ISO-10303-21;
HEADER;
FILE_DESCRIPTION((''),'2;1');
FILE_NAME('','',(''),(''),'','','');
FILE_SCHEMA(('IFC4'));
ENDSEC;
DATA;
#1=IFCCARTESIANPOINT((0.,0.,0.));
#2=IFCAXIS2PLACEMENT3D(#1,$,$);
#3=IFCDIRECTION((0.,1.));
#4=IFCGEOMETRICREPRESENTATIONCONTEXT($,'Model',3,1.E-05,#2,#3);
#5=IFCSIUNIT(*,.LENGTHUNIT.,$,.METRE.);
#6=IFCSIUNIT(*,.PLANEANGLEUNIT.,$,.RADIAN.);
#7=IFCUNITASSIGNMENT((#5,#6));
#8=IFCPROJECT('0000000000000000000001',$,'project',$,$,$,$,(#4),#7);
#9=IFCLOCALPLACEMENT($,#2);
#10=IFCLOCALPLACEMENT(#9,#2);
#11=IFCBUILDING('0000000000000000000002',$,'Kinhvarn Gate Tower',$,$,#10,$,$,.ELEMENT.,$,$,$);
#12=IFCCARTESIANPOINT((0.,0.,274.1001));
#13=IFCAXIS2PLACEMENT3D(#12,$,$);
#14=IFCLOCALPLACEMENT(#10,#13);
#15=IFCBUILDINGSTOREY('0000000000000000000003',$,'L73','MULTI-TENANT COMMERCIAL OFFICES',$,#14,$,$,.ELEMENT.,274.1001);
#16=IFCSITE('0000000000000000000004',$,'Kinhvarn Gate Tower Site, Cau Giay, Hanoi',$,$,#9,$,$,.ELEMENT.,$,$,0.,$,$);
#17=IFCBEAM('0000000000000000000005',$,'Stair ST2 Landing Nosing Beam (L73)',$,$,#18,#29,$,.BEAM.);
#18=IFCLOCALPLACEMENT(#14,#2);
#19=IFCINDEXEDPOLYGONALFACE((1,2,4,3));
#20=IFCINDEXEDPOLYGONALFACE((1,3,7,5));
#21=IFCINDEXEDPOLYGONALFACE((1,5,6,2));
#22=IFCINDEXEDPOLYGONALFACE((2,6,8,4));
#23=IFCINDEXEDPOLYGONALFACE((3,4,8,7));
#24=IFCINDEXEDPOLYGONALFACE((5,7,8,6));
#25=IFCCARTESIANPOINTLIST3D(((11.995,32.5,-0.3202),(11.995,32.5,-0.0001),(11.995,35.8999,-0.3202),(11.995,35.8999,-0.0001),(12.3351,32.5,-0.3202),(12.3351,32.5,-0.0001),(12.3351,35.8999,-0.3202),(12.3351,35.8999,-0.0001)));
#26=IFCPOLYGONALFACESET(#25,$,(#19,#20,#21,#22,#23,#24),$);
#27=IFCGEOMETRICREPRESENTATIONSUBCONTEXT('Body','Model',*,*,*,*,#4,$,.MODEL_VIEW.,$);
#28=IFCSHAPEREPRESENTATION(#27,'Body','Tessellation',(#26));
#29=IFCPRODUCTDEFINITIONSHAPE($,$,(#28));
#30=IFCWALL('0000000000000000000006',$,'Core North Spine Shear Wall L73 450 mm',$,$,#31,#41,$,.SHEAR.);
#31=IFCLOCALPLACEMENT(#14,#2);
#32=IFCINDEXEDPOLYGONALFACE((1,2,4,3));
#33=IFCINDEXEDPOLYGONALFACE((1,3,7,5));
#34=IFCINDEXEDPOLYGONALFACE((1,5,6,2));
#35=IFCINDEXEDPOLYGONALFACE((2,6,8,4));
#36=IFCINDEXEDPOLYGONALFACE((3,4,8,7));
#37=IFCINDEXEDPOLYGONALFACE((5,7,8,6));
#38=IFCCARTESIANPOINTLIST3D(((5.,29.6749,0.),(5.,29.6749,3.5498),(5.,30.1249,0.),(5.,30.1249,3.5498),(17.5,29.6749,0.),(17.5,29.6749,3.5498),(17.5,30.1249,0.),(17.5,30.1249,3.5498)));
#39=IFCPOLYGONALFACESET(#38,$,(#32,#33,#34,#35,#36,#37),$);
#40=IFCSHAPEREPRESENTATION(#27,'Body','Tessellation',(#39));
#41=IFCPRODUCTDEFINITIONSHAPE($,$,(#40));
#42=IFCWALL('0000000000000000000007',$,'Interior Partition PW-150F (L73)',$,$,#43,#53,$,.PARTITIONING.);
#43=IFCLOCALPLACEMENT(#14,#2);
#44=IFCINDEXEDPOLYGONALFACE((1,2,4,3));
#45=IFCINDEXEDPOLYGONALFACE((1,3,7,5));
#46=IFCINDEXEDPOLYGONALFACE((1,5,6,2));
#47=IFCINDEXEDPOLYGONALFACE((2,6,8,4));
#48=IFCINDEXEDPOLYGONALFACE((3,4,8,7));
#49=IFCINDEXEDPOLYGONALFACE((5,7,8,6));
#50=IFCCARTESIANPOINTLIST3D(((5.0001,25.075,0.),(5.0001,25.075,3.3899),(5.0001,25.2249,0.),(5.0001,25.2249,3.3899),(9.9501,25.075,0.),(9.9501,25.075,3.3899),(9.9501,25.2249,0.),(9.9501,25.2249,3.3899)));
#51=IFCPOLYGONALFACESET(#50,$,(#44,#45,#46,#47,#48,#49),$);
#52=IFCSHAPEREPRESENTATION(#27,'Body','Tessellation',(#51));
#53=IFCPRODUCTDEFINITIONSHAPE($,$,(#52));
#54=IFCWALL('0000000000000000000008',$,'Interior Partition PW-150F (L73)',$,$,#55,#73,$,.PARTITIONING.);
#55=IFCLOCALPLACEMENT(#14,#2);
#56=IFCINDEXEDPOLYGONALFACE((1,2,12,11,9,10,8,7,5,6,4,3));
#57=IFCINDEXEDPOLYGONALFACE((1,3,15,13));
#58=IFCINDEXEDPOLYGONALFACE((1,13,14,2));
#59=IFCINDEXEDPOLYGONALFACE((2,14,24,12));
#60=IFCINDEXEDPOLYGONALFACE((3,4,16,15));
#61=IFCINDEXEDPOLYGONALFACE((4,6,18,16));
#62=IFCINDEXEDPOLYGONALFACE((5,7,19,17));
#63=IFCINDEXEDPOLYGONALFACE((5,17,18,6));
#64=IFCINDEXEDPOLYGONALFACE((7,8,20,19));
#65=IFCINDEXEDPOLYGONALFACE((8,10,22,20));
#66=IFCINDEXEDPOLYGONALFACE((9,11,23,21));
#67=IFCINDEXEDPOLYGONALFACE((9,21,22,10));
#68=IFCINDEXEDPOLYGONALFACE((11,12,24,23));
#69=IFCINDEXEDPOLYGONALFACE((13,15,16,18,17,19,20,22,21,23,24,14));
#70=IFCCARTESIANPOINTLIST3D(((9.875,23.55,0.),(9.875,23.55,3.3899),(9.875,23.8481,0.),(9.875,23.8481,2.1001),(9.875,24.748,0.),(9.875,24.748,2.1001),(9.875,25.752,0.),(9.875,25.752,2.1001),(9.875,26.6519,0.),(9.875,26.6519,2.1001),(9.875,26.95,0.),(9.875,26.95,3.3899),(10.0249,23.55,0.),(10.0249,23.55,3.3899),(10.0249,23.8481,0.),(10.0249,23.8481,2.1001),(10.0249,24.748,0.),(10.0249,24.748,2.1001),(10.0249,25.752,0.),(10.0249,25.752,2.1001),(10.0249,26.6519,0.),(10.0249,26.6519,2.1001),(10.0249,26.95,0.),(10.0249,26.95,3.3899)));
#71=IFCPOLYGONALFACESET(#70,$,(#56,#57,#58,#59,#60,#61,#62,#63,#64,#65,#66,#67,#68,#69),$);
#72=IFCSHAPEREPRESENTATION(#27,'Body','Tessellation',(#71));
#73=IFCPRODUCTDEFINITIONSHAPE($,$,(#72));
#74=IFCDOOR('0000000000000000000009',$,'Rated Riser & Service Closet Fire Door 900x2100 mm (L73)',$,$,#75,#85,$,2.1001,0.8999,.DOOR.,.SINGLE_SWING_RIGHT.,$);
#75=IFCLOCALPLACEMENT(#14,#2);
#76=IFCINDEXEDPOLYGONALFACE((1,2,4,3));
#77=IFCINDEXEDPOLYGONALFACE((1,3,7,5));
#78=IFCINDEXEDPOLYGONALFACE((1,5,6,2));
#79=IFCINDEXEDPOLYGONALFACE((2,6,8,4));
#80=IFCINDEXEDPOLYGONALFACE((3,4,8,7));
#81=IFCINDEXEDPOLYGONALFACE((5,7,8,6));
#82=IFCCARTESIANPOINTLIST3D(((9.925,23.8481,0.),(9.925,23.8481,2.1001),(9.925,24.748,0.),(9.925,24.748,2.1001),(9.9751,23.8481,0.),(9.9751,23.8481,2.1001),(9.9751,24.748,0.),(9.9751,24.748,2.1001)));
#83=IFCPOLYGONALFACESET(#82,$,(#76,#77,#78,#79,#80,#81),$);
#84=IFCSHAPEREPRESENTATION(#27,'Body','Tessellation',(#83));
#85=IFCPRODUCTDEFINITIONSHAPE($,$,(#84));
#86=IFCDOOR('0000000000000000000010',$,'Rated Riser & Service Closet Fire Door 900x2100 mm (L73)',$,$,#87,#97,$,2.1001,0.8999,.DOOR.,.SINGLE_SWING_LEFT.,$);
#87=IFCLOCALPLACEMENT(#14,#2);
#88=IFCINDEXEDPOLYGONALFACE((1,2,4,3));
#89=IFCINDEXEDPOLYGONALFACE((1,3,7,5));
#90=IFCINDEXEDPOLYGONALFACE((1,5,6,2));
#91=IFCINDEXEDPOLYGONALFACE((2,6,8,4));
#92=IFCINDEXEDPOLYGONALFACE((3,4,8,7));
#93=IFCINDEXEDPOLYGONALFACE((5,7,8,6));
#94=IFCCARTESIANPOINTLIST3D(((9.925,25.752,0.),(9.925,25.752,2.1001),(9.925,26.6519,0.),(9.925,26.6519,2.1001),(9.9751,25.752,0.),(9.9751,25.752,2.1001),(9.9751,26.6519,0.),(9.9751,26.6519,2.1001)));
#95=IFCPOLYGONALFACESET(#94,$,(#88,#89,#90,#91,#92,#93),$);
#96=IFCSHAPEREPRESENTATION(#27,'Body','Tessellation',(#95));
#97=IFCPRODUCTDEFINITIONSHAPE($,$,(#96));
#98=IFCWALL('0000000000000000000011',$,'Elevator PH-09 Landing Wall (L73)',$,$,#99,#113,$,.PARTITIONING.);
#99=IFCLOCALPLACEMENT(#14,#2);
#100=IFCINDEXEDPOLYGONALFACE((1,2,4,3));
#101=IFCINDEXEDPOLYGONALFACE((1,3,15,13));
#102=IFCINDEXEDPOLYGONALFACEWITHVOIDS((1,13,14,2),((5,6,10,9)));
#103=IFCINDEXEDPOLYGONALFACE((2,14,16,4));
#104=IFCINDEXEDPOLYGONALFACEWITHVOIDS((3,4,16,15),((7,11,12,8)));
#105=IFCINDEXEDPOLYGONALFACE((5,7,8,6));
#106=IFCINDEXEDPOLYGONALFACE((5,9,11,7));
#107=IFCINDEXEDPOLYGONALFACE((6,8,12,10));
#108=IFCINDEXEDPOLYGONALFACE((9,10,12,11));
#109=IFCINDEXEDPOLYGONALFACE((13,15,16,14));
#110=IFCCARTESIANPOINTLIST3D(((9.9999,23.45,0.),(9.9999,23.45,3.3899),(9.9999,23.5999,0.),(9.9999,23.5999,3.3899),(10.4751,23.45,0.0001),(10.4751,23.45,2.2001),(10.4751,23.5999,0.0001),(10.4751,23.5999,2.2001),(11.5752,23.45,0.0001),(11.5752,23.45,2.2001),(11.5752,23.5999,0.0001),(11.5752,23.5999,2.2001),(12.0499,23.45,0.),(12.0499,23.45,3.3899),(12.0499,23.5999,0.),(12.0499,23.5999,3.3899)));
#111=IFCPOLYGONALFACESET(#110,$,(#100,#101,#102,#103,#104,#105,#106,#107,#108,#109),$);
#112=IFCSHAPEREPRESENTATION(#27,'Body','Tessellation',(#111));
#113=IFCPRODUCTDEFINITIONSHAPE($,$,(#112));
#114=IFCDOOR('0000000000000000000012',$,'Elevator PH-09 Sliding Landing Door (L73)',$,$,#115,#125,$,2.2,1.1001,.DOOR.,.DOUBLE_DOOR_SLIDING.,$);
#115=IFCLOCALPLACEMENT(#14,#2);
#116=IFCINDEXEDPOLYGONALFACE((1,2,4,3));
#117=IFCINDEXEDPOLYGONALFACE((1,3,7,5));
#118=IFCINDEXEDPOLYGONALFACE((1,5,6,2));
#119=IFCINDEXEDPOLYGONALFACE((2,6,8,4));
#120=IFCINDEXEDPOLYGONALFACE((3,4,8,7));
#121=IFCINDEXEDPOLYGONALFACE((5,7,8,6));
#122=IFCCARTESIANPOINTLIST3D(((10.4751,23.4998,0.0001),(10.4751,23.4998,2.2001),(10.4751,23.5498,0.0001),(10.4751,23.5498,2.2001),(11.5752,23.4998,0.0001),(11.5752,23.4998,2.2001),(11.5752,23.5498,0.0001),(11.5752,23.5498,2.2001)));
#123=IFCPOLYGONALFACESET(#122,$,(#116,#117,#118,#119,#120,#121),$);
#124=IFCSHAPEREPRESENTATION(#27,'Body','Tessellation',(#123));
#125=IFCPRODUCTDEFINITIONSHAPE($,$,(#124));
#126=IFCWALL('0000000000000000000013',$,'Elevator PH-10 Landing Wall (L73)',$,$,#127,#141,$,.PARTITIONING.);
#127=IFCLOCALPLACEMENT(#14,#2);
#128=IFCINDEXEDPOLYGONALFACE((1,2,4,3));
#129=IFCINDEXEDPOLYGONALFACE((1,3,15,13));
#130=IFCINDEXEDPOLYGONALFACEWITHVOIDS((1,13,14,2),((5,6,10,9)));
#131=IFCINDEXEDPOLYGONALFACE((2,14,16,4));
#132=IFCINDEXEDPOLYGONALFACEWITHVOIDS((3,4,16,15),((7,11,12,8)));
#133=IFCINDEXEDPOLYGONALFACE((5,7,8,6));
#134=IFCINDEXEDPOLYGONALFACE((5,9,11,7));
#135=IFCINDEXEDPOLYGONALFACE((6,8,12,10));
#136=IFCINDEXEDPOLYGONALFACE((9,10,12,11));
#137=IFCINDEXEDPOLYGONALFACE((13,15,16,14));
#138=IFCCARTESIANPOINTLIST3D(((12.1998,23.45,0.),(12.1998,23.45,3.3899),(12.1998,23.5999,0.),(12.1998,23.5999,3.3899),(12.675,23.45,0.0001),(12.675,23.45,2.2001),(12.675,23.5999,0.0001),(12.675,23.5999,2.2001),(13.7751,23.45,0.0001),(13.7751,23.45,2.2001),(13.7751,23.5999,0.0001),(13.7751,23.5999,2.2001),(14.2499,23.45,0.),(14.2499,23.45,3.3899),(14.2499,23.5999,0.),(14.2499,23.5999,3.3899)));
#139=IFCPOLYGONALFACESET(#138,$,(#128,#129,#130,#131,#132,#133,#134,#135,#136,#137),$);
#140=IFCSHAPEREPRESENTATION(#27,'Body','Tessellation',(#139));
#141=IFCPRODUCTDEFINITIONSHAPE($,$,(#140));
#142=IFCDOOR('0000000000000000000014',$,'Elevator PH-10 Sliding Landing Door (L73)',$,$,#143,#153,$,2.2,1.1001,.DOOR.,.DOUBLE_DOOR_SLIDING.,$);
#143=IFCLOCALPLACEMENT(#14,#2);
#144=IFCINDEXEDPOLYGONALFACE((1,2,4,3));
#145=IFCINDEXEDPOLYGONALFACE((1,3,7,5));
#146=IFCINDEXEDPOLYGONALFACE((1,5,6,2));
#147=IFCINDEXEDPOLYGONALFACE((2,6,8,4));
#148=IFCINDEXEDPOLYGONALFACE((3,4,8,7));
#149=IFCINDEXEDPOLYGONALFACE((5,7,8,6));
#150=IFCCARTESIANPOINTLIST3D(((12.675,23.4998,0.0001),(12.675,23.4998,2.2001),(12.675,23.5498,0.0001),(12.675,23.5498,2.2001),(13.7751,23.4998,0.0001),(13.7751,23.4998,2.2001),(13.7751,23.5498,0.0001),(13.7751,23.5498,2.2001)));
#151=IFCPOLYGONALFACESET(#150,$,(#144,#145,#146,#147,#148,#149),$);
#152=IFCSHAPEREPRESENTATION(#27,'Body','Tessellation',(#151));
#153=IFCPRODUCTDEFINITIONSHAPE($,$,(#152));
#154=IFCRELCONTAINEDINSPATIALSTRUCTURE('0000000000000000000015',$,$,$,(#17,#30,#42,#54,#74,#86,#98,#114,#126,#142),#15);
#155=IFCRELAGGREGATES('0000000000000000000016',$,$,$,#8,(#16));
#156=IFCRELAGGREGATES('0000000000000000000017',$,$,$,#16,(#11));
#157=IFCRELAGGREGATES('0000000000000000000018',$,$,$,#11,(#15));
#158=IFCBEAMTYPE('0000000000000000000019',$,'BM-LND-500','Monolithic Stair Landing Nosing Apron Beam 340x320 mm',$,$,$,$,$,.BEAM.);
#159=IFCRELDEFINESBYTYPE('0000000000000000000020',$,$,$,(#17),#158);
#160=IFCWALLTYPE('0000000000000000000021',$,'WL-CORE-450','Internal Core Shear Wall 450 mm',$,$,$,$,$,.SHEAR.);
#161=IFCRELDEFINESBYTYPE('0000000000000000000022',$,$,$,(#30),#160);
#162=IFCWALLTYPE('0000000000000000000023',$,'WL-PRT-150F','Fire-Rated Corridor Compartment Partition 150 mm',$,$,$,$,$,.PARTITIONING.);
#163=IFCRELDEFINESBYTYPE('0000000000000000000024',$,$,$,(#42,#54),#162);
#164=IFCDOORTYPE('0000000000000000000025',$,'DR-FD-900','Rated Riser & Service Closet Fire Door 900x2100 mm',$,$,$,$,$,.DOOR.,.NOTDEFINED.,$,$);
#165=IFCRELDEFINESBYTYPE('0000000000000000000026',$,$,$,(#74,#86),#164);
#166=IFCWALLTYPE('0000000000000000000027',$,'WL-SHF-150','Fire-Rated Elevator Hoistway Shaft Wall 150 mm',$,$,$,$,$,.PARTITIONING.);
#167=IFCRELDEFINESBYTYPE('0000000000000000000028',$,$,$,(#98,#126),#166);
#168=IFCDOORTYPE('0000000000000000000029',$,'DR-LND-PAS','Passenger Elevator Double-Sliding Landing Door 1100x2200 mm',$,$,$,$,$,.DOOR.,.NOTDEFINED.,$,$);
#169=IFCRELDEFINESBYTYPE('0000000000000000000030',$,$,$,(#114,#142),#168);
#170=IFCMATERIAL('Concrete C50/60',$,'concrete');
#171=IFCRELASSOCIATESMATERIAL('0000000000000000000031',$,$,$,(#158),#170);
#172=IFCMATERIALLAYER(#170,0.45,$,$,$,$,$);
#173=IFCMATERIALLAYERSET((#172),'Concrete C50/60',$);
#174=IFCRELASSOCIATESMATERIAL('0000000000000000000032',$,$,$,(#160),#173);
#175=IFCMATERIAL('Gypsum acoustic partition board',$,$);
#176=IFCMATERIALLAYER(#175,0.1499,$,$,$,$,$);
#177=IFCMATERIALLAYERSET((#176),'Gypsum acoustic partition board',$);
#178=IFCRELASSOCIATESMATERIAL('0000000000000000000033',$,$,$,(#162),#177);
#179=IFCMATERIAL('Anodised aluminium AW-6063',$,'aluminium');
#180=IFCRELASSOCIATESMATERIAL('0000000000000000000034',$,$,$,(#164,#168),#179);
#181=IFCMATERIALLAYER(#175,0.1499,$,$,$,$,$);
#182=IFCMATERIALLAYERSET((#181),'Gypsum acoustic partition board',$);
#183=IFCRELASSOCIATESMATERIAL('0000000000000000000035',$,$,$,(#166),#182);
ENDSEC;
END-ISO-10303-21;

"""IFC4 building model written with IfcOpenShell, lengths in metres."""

from ifc_helpers import new_model, si_unit, direction, frame, frame_2d, origin, origin_2d, place, context, subcontext, project, spatial, rectangle, extrude, material, layer, layer_set, material_profile, profile_set, type_object, element, fill, save


model = new_model("IFC4")

# Units and contexts
model_context = context("Model", 3, precision=1e-05, world=origin(), true_north=direction((0.0, 1.0)))
body_context = subcontext(model_context, "Body", "Model", "MODEL_VIEW")
ifc_project = project(units=[si_unit("LENGTHUNIT", "METRE"), si_unit("PLANEANGLEUNIT", "RADIAN")], contexts=[model_context])

# Site, building, storey
site_placement = place(None, origin())
site = spatial("IfcSite", under=ifc_project, at=site_placement, Name="Kinhvarn Gate Tower Site, Cau Giay, Hanoi", CompositionType="ELEMENT", RefElevation=0.0)
building_placement = place(site_placement, origin())
building = spatial("IfcBuilding", under=site, at=building_placement, Name="Kinhvarn Gate Tower", CompositionType="ELEMENT")
storey_placement = place(building_placement, frame((0.0, 0.0, 274.1001)))
storey = spatial("IfcBuildingStorey", under=building, at=storey_placement, Name="L73", Description="MULTI-TENANT COMMERCIAL OFFICES", CompositionType="ELEMENT", Elevation=274.1001)

# Beam
ifc_material_1 = material(Name="Concrete C50/60", Category="concrete")
ifc_material_profile = material_profile(ifc_material_1, rectangle(XDim=0.3401, YDim=0.3201, at=origin_2d()), Name="RC 340x320")
ifc_profile_set = profile_set([ifc_material_profile], Name="Concrete C50/60")
beam_type = type_object("IfcBeamType", Name="BM-LND-500", Description="Monolithic Stair Landing Nosing Apron Beam 340x320 mm", PredefinedType="BEAM", material=ifc_profile_set)
beam_placement = place(storey_placement, frame((12.165, 32.5, -0.1602), z_axis=(0.0, 1.0, 0.0), x_axis=(-1.0, 0.0, 0.0)))
element("IfcBeam", 1, at=beam_placement, inside=storey, type_object=beam_type, Name="Stair ST2 Landing Nosing Beam (L73)", PredefinedType="BEAM", context=body_context, shape_type="SweptSolid", body=[
    extrude(rectangle(XDim=0.3401, YDim=0.3201, at=origin_2d()), origin(), (0.0, 0.0, 1.0), 3.3999),
])

# Walls
ifc_layer_1 = layer(ifc_material_1, 0.45)
ifc_layer_set_1 = layer_set([ifc_layer_1], Name="Concrete C50/60")
wall_type_1 = type_object("IfcWallType", Name="WL-CORE-450", Description="Internal Core Shear Wall 450 mm", PredefinedType="SHEAR", material=ifc_layer_set_1)
wall_1_placement = place(storey_placement, frame((5.0, 29.8999, 0.0), z_axis=(0.0, 0.0, 1.0), x_axis=(1.0, 0.0, 0.0)))
element("IfcWall", 2, at=wall_1_placement, inside=storey, type_object=wall_type_1, Name="Core North Spine Shear Wall L73 450 mm", PredefinedType="SHEAR", context=body_context, shape_type="SweptSolid", body=[
    extrude(rectangle(XDim=12.5, YDim=0.45, at=frame_2d((6.25, 0.0))), origin(), (0.0, 0.0, 1.0), 3.5498),
])
ifc_material_2 = material(Name="Gypsum acoustic partition board")
ifc_layer_2 = layer(ifc_material_2, 0.1499)
ifc_layer_set_2 = layer_set([ifc_layer_2], Name="Gypsum acoustic partition board")
wall_type_2 = type_object("IfcWallType", Name="WL-PRT-150F", Description="Fire-Rated Corridor Compartment Partition 150 mm", PredefinedType="PARTITIONING", material=ifc_layer_set_2)
wall_2_placement = place(storey_placement, frame((5.0, 25.1499, 0.0), z_axis=(0.0, 0.0, 1.0), x_axis=(1.0, 0.0, 0.0)))
element("IfcWall", 3, at=wall_2_placement, inside=storey, type_object=wall_type_2, Name="Interior Partition PW-150F (L73)", PredefinedType="PARTITIONING", context=body_context, shape_type="SweptSolid", body=[
    extrude(rectangle(XDim=4.95, YDim=0.1499, at=frame_2d((2.4751, 0.0))), origin(), (0.0, 0.0, 1.0), 3.3899),
])

# Wall, openings, doors
wall_3_placement = place(storey_placement, frame((9.95, 23.55, 0.0), z_axis=(0.0, 0.0, 1.0), x_axis=(0.0, 1.0, 0.0)))
wall_3 = element("IfcWall", 4, at=wall_3_placement, inside=storey, type_object=wall_type_2, Name="Interior Partition PW-150F (L73)", PredefinedType="PARTITIONING", context=body_context, shape_type="SweptSolid", body=[
    extrude(rectangle(XDim=3.3999, YDim=0.1499, at=frame_2d((1.7, 0.0))), origin(), (0.0, 0.0, 1.0), 3.3899),
])
opening_1_placement = place(wall_3_placement, frame((0.2981, 0.0, 0.0)))
opening_1 = element("IfcOpeningElement", 5, at=opening_1_placement, cuts=wall_3, PredefinedType="OPENING", context=body_context, shape_type="SweptSolid", body=[
    extrude(rectangle(XDim=0.8999, YDim=2.1001, at=frame_2d((0.45, 1.05))), frame((0.0, 0.085, 0.0), z_axis=(0.0, -1.0, 0.0), x_axis=(1.0, 0.0, 0.0)), (0.0, 0.0, 1.0), 0.1699),
])
opening_2_placement = place(wall_3_placement, frame((2.2019, 0.0, 0.0)))
opening_2 = element("IfcOpeningElement", 6, at=opening_2_placement, cuts=wall_3, PredefinedType="OPENING", context=body_context, shape_type="SweptSolid", body=[
    extrude(rectangle(XDim=0.8999, YDim=2.1001, at=frame_2d((0.45, 1.05))), frame((0.0, 0.085, 0.0), z_axis=(0.0, -1.0, 0.0), x_axis=(1.0, 0.0, 0.0)), (0.0, 0.0, 1.0), 0.1699),
])
ifc_material_3 = material(Name="Anodised aluminium AW-6063", Category="aluminium")
door_type_1 = type_object("IfcDoorType", Name="DR-FD-900", Description="Rated Riser & Service Closet Fire Door 900x2100 mm", OperationType="NOTDEFINED", PredefinedType="DOOR", material=ifc_material_3)
door_1_placement = place(opening_1_placement, origin())
door_1 = element("IfcDoor", 7, at=door_1_placement, inside=storey, type_object=door_type_1, Name="Rated Riser & Service Closet Fire Door 900x2100 mm (L73)", OperationType="SINGLE_SWING_RIGHT", OverallHeight=2.1001, OverallWidth=0.8999, PredefinedType="DOOR", context=body_context, shape_type="SweptSolid", body=[
    extrude(rectangle(XDim=0.8999, YDim=2.1001, at=frame_2d((0.45, 1.05))), frame((0.0, 0.0249, 0.0), z_axis=(0.0, -1.0, 0.0), x_axis=(1.0, 0.0, 0.0)), (0.0, 0.0, 1.0), 0.05),
])
fill(opening_1, door_1)
door_2_placement = place(opening_2_placement, origin())
door_2 = element("IfcDoor", 8, at=door_2_placement, inside=storey, type_object=door_type_1, Name="Rated Riser & Service Closet Fire Door 900x2100 mm (L73)", OperationType="SINGLE_SWING_LEFT", OverallHeight=2.1001, OverallWidth=0.8999, PredefinedType="DOOR", context=body_context, shape_type="SweptSolid", body=[
    extrude(rectangle(XDim=0.8999, YDim=2.1001, at=frame_2d((0.45, 1.05))), frame((0.0, 0.0249, 0.0), z_axis=(0.0, -1.0, 0.0), x_axis=(1.0, 0.0, 0.0)), (0.0, 0.0, 1.0), 0.05),
])
fill(opening_2, door_2)

# Walls, openings, doors
ifc_layer_3 = layer(ifc_material_2, 0.1499)
ifc_layer_set_3 = layer_set([ifc_layer_3], Name="Gypsum acoustic partition board")
wall_type_3 = type_object("IfcWallType", Name="WL-SHF-150", Description="Fire-Rated Elevator Hoistway Shaft Wall 150 mm", PredefinedType="PARTITIONING", material=ifc_layer_set_3)
wall_4_placement = place(storey_placement, frame((10.0, 23.5249, 0.0), z_axis=(0.0, 0.0, 1.0), x_axis=(1.0, 0.0, 0.0)))
wall_4 = element("IfcWall", 9, at=wall_4_placement, inside=storey, type_object=wall_type_3, Name="Elevator PH-09 Landing Wall (L73)", PredefinedType="PARTITIONING", context=body_context, shape_type="SweptSolid", body=[
    extrude(rectangle(XDim=2.05, YDim=0.1499, at=frame_2d((1.0249, 0.0))), origin(), (0.0, 0.0, 1.0), 3.3899),
])
opening_3_placement = place(wall_4_placement, frame((0.4751, 0.0, 0.0)))
opening_3 = element("IfcOpeningElement", 10, at=opening_3_placement, cuts=wall_4, PredefinedType="OPENING", context=body_context, shape_type="SweptSolid", body=[
    extrude(rectangle(XDim=1.1001, YDim=2.2, at=frame_2d((0.55, 1.1001))), frame((0.0, 0.085, 0.0), z_axis=(0.0, -1.0, 0.0), x_axis=(1.0, 0.0, 0.0)), (0.0, 0.0, 1.0), 0.1699),
])
door_type_2 = type_object("IfcDoorType", Name="DR-LND-PAS", Description="Passenger Elevator Double-Sliding Landing Door 1100x2200 mm", OperationType="NOTDEFINED", PredefinedType="DOOR", material=ifc_material_3)
door_3_placement = place(opening_3_placement, origin())
door_3 = element("IfcDoor", 11, at=door_3_placement, inside=storey, type_object=door_type_2, Name="Elevator PH-09 Sliding Landing Door (L73)", OperationType="DOUBLE_DOOR_SLIDING", OverallHeight=2.2, OverallWidth=1.1001, PredefinedType="DOOR", context=body_context, shape_type="SweptSolid", body=[
    extrude(rectangle(XDim=1.1001, YDim=2.2, at=frame_2d((0.55, 1.1001))), frame((0.0, 0.0249, 0.0), z_axis=(0.0, -1.0, 0.0), x_axis=(1.0, 0.0, 0.0)), (0.0, 0.0, 1.0), 0.05),
])
fill(opening_3, door_3)
wall_5_placement = place(storey_placement, frame((12.2, 23.5249, 0.0), z_axis=(0.0, 0.0, 1.0), x_axis=(1.0, 0.0, 0.0)))
wall_5 = element("IfcWall", 12, at=wall_5_placement, inside=storey, type_object=wall_type_3, Name="Elevator PH-10 Landing Wall (L73)", PredefinedType="PARTITIONING", context=body_context, shape_type="SweptSolid", body=[
    extrude(rectangle(XDim=2.05, YDim=0.1499, at=frame_2d((1.0249, 0.0))), origin(), (0.0, 0.0, 1.0), 3.3899),
])
opening_4_placement = place(wall_5_placement, frame((0.4751, 0.0, 0.0)))
opening_4 = element("IfcOpeningElement", 13, at=opening_4_placement, cuts=wall_5, PredefinedType="OPENING", context=body_context, shape_type="SweptSolid", body=[
    extrude(rectangle(XDim=1.1001, YDim=2.2, at=frame_2d((0.55, 1.1001))), frame((0.0, 0.085, 0.0), z_axis=(0.0, -1.0, 0.0), x_axis=(1.0, 0.0, 0.0)), (0.0, 0.0, 1.0), 0.1699),
])
door_4_placement = place(opening_4_placement, origin())
door_4 = element("IfcDoor", 14, at=door_4_placement, inside=storey, type_object=door_type_2, Name="Elevator PH-10 Sliding Landing Door (L73)", OperationType="DOUBLE_DOOR_SLIDING", OverallHeight=2.2, OverallWidth=1.1001, PredefinedType="DOOR", context=body_context, shape_type="SweptSolid", body=[
    extrude(rectangle(XDim=1.1001, YDim=2.2, at=frame_2d((0.55, 1.1001))), frame((0.0, 0.0249, 0.0), z_axis=(0.0, -1.0, 0.0), x_axis=(1.0, 0.0, 0.0)), (0.0, 0.0, 1.0), 0.05),
])
fill(opening_4, door_4)

save(model, "model.ifc")
